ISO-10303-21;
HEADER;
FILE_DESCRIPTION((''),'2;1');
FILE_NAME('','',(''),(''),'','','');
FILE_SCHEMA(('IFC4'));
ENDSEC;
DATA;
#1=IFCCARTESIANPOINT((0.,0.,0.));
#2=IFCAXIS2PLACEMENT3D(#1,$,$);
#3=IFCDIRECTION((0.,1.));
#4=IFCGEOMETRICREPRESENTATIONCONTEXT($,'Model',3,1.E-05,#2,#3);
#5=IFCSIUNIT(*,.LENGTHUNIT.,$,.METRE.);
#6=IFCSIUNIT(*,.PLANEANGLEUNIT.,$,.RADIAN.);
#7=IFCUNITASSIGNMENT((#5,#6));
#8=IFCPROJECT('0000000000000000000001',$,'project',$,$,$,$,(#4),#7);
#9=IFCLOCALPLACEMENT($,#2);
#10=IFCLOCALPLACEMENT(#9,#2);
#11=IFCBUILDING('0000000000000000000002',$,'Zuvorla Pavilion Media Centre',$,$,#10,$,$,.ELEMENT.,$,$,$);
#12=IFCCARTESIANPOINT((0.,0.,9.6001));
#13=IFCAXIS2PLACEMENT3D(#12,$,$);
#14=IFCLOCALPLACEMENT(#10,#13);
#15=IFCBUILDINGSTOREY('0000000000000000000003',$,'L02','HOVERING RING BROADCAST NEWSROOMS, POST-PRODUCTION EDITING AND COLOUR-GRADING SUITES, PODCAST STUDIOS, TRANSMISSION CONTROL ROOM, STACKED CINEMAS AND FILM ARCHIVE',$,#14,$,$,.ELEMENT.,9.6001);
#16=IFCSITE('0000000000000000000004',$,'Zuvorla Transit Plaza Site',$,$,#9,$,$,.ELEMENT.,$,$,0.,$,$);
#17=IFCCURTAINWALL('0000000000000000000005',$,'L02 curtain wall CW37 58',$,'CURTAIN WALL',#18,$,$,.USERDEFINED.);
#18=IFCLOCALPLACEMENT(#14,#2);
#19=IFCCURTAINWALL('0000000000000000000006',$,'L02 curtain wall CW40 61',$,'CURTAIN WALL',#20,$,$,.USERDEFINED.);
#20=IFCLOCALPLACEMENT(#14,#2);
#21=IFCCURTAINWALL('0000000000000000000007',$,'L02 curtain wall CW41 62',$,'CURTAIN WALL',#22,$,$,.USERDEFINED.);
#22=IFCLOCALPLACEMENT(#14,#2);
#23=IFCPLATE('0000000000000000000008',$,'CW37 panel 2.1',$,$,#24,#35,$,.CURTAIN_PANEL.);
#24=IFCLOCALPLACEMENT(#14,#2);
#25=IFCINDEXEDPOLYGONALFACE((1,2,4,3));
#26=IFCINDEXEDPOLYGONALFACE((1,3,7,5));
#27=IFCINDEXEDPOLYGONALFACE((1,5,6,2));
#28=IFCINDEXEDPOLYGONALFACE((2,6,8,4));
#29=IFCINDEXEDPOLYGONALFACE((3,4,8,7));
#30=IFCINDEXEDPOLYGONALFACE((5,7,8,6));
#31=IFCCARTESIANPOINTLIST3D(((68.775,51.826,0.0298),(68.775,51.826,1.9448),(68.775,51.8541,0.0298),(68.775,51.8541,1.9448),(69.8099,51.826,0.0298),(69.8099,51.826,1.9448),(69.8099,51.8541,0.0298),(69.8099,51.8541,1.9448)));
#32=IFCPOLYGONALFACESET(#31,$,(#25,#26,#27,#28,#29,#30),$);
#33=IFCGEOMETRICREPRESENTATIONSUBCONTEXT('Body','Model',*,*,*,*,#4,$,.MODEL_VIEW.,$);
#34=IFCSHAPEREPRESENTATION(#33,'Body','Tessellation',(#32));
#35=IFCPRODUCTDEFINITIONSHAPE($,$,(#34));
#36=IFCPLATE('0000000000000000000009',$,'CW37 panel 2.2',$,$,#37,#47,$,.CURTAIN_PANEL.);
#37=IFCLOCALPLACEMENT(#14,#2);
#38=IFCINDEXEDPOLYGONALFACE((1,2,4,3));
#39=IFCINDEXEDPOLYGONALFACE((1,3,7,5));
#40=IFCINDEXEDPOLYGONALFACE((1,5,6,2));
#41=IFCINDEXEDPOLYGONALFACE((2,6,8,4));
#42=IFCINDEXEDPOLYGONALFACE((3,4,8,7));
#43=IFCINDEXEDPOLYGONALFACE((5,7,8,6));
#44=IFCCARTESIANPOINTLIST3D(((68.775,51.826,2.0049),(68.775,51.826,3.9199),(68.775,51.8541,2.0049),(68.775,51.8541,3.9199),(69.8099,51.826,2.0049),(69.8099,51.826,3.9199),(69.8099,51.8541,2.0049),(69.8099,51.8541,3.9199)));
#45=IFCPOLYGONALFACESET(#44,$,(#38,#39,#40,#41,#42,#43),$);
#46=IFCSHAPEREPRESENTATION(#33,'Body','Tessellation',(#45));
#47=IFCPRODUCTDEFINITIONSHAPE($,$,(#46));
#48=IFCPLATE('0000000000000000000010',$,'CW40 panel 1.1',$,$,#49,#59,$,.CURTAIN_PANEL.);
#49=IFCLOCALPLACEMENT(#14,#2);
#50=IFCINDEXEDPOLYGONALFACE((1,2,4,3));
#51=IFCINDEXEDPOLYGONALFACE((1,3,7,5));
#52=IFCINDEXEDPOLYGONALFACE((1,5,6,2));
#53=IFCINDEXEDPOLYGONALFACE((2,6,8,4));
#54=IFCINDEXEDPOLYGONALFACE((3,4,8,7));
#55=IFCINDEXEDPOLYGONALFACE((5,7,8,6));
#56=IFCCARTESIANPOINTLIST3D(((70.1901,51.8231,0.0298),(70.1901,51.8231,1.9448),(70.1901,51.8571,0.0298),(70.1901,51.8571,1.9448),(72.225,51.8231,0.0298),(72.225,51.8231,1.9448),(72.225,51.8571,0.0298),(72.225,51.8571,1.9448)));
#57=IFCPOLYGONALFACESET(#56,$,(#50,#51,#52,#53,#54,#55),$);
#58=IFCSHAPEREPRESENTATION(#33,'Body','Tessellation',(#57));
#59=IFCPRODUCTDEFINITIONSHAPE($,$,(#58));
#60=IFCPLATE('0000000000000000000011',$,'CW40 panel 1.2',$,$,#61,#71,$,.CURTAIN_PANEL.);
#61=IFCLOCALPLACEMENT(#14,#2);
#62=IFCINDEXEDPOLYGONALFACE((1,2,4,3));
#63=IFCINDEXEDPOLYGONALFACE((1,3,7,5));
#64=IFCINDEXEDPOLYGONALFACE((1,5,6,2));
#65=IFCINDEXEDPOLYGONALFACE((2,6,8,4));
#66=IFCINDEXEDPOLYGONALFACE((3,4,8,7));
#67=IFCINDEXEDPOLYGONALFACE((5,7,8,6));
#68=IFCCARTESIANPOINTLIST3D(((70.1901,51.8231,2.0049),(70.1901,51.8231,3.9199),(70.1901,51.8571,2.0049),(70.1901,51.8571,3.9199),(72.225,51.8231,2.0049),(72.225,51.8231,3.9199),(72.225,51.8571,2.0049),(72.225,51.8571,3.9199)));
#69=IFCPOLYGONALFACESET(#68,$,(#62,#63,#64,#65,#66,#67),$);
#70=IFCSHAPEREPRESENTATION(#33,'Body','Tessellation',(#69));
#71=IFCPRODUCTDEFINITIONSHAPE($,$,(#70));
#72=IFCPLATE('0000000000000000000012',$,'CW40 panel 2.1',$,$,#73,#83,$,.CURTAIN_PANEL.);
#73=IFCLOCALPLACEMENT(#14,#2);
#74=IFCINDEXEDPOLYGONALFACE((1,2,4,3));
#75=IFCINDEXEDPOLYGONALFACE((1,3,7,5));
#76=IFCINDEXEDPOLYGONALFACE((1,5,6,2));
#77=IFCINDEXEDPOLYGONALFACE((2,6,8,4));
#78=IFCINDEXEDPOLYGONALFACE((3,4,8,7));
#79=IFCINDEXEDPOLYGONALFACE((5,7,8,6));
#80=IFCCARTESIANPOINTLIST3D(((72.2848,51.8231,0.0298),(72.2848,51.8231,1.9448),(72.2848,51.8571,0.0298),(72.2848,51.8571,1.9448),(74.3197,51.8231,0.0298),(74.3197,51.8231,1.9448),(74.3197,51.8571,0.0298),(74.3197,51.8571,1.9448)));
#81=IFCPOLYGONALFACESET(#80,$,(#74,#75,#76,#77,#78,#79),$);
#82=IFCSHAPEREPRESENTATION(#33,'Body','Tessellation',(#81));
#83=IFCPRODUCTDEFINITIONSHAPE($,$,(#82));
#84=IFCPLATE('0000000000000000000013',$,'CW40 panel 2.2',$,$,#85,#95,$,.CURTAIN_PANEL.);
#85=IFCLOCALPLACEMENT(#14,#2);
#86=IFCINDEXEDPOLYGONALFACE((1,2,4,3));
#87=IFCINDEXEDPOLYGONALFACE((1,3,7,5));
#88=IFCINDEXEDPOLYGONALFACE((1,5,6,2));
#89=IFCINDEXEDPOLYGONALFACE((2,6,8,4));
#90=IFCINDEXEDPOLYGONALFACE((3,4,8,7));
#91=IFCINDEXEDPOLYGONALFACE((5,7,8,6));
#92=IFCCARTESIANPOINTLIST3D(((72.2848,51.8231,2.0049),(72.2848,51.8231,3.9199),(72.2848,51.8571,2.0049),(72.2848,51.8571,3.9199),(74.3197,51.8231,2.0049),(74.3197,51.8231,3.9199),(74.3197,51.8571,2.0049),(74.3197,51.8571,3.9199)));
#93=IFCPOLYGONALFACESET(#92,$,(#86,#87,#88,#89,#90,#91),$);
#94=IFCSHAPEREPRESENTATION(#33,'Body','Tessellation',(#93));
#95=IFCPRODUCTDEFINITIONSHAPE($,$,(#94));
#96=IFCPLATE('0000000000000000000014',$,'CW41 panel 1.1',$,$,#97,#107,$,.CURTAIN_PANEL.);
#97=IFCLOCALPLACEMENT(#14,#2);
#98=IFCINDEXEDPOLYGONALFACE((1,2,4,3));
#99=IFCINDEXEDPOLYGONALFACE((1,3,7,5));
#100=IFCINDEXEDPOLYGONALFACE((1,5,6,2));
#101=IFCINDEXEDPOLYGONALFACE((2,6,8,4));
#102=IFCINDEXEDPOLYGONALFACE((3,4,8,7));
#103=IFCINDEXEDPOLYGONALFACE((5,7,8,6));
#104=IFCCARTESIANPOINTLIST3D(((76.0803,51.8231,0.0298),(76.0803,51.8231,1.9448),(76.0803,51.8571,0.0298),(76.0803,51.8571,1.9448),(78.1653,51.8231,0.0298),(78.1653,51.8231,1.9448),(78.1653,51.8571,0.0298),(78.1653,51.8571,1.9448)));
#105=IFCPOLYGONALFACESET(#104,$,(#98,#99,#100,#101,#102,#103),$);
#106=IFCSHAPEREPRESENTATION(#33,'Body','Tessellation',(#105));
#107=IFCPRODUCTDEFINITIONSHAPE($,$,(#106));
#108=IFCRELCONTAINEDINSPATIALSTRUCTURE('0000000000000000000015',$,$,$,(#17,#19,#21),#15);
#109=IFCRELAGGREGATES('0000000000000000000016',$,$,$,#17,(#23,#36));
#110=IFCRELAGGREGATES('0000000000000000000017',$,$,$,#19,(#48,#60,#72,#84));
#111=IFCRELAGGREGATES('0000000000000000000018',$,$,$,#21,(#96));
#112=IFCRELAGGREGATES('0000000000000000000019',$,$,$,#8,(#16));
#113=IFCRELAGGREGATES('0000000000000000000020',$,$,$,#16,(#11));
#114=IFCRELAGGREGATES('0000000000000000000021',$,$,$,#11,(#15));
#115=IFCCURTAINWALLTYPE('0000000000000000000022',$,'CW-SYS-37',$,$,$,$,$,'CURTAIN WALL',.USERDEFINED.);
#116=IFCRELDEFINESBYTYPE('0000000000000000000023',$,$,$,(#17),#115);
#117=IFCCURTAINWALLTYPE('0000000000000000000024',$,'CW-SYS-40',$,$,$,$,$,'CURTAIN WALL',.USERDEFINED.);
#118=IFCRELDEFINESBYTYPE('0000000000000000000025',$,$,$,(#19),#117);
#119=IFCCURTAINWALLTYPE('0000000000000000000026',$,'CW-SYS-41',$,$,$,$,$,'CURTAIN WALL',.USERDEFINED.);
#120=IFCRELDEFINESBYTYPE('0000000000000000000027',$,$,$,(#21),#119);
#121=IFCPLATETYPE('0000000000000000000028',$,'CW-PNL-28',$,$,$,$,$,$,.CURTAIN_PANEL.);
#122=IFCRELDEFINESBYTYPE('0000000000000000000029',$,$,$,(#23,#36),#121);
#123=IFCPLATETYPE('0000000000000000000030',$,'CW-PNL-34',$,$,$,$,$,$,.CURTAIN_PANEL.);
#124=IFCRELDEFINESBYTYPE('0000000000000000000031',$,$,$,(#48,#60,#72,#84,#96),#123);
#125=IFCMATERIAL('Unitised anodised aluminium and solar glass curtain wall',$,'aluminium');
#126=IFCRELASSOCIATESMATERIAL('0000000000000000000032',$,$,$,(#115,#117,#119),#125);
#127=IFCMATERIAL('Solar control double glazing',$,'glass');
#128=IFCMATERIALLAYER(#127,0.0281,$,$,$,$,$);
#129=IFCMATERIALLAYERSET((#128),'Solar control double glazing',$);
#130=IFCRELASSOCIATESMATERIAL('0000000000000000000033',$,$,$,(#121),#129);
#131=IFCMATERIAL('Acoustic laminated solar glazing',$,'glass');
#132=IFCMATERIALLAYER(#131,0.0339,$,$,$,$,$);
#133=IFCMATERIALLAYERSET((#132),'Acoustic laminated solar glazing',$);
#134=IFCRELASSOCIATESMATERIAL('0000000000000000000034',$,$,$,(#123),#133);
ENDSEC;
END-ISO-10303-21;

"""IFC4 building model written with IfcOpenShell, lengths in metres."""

from ifc_helpers import new_model, si_unit, direction, frame, origin, origin_2d, place, context, subcontext, project, spatial, rectangle, extrude, material, layer, layer_set, type_object, element, aggregate, save


model = new_model("IFC4")

# Units and contexts
model_context = context("Model", 3, precision=1e-05, world=origin(), true_north=direction((0.0, 1.0)))
body_context = subcontext(model_context, "Body", "Model", "MODEL_VIEW")
ifc_project = project(units=[si_unit("LENGTHUNIT", "METRE"), si_unit("PLANEANGLEUNIT", "RADIAN")], contexts=[model_context])

# Site, building, storey
site_placement = place(None, origin())
site = spatial("IfcSite", under=ifc_project, at=site_placement, Name="Zuvorla Transit Plaza Site", CompositionType="ELEMENT", RefElevation=0.0)
building_placement = place(site_placement, origin())
building = spatial("IfcBuilding", under=site, at=building_placement, Name="Zuvorla Pavilion Media Centre", CompositionType="ELEMENT")
storey_placement = place(building_placement, frame((0.0, 0.0, 9.6001)))
storey = spatial("IfcBuildingStorey", under=building, at=storey_placement, Name="L02", Description="HOVERING RING BROADCAST NEWSROOMS, POST-PRODUCTION EDITING AND COLOUR-GRADING SUITES, PODCAST STUDIOS, TRANSMISSION CONTROL ROOM, STACKED CINEMAS AND FILM ARCHIVE", CompositionType="ELEMENT", Elevation=9.6001)

# Curtain wall
ifc_material_1 = material(Name="Unitised anodised aluminium and solar glass curtain wall", Category="aluminium")
curtain_wall_type_1 = type_object("IfcCurtainWallType", Name="CW-SYS-37", ElementType="CURTAIN WALL", PredefinedType="USERDEFINED", material=ifc_material_1)
curtain_wall_1_placement = place(storey_placement, origin())
curtain_wall_1 = element("IfcCurtainWall", 1, at=curtain_wall_1_placement, inside=storey, type_object=curtain_wall_type_1, Name="L02 curtain wall CW37 58", ObjectType="CURTAIN WALL", PredefinedType="USERDEFINED")

# Curtain wall
curtain_wall_type_2 = type_object("IfcCurtainWallType", Name="CW-SYS-40", ElementType="CURTAIN WALL", PredefinedType="USERDEFINED", material=ifc_material_1)
curtain_wall_2_placement = place(storey_placement, origin())
curtain_wall_2 = element("IfcCurtainWall", 2, at=curtain_wall_2_placement, inside=storey, type_object=curtain_wall_type_2, Name="L02 curtain wall CW40 61", ObjectType="CURTAIN WALL", PredefinedType="USERDEFINED")

# Curtain wall
curtain_wall_type_3 = type_object("IfcCurtainWallType", Name="CW-SYS-41", ElementType="CURTAIN WALL", PredefinedType="USERDEFINED", material=ifc_material_1)
curtain_wall_3_placement = place(storey_placement, origin())
curtain_wall_3 = element("IfcCurtainWall", 3, at=curtain_wall_3_placement, inside=storey, type_object=curtain_wall_type_3, Name="L02 curtain wall CW41 62", ObjectType="CURTAIN WALL", PredefinedType="USERDEFINED")

# Plates
ifc_material_2 = material(Name="Solar control double glazing", Category="glass")
ifc_layer_1 = layer(ifc_material_2, 0.0281)
ifc_layer_set_1 = layer_set([ifc_layer_1], Name="Solar control double glazing")
plate_type_1 = type_object("IfcPlateType", Name="CW-PNL-28", PredefinedType="CURTAIN_PANEL", material=ifc_layer_set_1)
plate_1_placement = place(storey_placement, frame((69.2925, 51.8401, 0.0298), z_axis=(0.0, 0.0, 1.0), x_axis=(1.0, 0.0, 0.0)))
plate_1 = element("IfcPlate", 4, at=plate_1_placement, type_object=plate_type_1, Name="CW37 panel 2.1", PredefinedType="CURTAIN_PANEL", context=body_context, shape_type="SweptSolid", body=[
    extrude(rectangle(XDim=1.0349, YDim=0.0281, at=origin_2d()), origin(), (0.0, 0.0, 1.0), 1.915),
])
plate_2_placement = place(storey_placement, frame((69.2925, 51.8401, 2.0049), z_axis=(0.0, 0.0, 1.0), x_axis=(1.0, 0.0, 0.0)))
plate_2 = element("IfcPlate", 5, at=plate_2_placement, type_object=plate_type_1, Name="CW37 panel 2.2", PredefinedType="CURTAIN_PANEL", context=body_context, shape_type="SweptSolid", body=[
    extrude(rectangle(XDim=1.0349, YDim=0.0281, at=origin_2d()), origin(), (0.0, 0.0, 1.0), 1.915),
])
aggregate(curtain_wall_1, [plate_1, plate_2])
ifc_material_3 = material(Name="Acoustic laminated solar glazing", Category="glass")
ifc_layer_2 = layer(ifc_material_3, 0.0339)
ifc_layer_set_2 = layer_set([ifc_layer_2], Name="Acoustic laminated solar glazing")
plate_type_2 = type_object("IfcPlateType", Name="CW-PNL-34", PredefinedType="CURTAIN_PANEL", material=ifc_layer_set_2)
plate_3_placement = place(storey_placement, frame((71.2075, 51.8401, 0.0298), z_axis=(0.0, 0.0, 1.0), x_axis=(1.0, 0.0, 0.0)))
plate_3 = element("IfcPlate", 6, at=plate_3_placement, type_object=plate_type_2, Name="CW40 panel 1.1", PredefinedType="CURTAIN_PANEL", context=body_context, shape_type="SweptSolid", body=[
    extrude(rectangle(XDim=2.0349, YDim=0.0339, at=origin_2d()), origin(), (0.0, 0.0, 1.0), 1.915),
])
plate_4_placement = place(storey_placement, frame((71.2075, 51.8401, 2.0049), z_axis=(0.0, 0.0, 1.0), x_axis=(1.0, 0.0, 0.0)))
plate_4 = element("IfcPlate", 7, at=plate_4_placement, type_object=plate_type_2, Name="CW40 panel 1.2", PredefinedType="CURTAIN_PANEL", context=body_context, shape_type="SweptSolid", body=[
    extrude(rectangle(XDim=2.0349, YDim=0.0339, at=origin_2d()), origin(), (0.0, 0.0, 1.0), 1.915),
])
plate_5_placement = place(storey_placement, frame((73.3022, 51.8401, 0.0298), z_axis=(0.0, 0.0, 1.0), x_axis=(1.0, 0.0, 0.0)))
plate_5 = element("IfcPlate", 8, at=plate_5_placement, type_object=plate_type_2, Name="CW40 panel 2.1", PredefinedType="CURTAIN_PANEL", context=body_context, shape_type="SweptSolid", body=[
    extrude(rectangle(XDim=2.0349, YDim=0.0339, at=origin_2d()), origin(), (0.0, 0.0, 1.0), 1.915),
])
plate_6_placement = place(storey_placement, frame((73.3022, 51.8401, 2.0049), z_axis=(0.0, 0.0, 1.0), x_axis=(1.0, 0.0, 0.0)))
plate_6 = element("IfcPlate", 9, at=plate_6_placement, type_object=plate_type_2, Name="CW40 panel 2.2", PredefinedType="CURTAIN_PANEL", context=body_context, shape_type="SweptSolid", body=[
    extrude(rectangle(XDim=2.0349, YDim=0.0339, at=origin_2d()), origin(), (0.0, 0.0, 1.0), 1.915),
])
aggregate(curtain_wall_2, [plate_3, plate_4, plate_5, plate_6])
plate_7_placement = place(storey_placement, frame((77.1228, 51.8401, 0.0298), z_axis=(0.0, 0.0, 1.0), x_axis=(1.0, 0.0, 0.0)))
plate_7 = element("IfcPlate", 10, at=plate_7_placement, type_object=plate_type_2, Name="CW41 panel 1.1", PredefinedType="CURTAIN_PANEL", context=body_context, shape_type="SweptSolid", body=[
    extrude(rectangle(XDim=2.085, YDim=0.0339, at=origin_2d()), origin(), (0.0, 0.0, 1.0), 1.915),
])
aggregate(curtain_wall_3, [plate_7])

save(model, "model.ifc")
